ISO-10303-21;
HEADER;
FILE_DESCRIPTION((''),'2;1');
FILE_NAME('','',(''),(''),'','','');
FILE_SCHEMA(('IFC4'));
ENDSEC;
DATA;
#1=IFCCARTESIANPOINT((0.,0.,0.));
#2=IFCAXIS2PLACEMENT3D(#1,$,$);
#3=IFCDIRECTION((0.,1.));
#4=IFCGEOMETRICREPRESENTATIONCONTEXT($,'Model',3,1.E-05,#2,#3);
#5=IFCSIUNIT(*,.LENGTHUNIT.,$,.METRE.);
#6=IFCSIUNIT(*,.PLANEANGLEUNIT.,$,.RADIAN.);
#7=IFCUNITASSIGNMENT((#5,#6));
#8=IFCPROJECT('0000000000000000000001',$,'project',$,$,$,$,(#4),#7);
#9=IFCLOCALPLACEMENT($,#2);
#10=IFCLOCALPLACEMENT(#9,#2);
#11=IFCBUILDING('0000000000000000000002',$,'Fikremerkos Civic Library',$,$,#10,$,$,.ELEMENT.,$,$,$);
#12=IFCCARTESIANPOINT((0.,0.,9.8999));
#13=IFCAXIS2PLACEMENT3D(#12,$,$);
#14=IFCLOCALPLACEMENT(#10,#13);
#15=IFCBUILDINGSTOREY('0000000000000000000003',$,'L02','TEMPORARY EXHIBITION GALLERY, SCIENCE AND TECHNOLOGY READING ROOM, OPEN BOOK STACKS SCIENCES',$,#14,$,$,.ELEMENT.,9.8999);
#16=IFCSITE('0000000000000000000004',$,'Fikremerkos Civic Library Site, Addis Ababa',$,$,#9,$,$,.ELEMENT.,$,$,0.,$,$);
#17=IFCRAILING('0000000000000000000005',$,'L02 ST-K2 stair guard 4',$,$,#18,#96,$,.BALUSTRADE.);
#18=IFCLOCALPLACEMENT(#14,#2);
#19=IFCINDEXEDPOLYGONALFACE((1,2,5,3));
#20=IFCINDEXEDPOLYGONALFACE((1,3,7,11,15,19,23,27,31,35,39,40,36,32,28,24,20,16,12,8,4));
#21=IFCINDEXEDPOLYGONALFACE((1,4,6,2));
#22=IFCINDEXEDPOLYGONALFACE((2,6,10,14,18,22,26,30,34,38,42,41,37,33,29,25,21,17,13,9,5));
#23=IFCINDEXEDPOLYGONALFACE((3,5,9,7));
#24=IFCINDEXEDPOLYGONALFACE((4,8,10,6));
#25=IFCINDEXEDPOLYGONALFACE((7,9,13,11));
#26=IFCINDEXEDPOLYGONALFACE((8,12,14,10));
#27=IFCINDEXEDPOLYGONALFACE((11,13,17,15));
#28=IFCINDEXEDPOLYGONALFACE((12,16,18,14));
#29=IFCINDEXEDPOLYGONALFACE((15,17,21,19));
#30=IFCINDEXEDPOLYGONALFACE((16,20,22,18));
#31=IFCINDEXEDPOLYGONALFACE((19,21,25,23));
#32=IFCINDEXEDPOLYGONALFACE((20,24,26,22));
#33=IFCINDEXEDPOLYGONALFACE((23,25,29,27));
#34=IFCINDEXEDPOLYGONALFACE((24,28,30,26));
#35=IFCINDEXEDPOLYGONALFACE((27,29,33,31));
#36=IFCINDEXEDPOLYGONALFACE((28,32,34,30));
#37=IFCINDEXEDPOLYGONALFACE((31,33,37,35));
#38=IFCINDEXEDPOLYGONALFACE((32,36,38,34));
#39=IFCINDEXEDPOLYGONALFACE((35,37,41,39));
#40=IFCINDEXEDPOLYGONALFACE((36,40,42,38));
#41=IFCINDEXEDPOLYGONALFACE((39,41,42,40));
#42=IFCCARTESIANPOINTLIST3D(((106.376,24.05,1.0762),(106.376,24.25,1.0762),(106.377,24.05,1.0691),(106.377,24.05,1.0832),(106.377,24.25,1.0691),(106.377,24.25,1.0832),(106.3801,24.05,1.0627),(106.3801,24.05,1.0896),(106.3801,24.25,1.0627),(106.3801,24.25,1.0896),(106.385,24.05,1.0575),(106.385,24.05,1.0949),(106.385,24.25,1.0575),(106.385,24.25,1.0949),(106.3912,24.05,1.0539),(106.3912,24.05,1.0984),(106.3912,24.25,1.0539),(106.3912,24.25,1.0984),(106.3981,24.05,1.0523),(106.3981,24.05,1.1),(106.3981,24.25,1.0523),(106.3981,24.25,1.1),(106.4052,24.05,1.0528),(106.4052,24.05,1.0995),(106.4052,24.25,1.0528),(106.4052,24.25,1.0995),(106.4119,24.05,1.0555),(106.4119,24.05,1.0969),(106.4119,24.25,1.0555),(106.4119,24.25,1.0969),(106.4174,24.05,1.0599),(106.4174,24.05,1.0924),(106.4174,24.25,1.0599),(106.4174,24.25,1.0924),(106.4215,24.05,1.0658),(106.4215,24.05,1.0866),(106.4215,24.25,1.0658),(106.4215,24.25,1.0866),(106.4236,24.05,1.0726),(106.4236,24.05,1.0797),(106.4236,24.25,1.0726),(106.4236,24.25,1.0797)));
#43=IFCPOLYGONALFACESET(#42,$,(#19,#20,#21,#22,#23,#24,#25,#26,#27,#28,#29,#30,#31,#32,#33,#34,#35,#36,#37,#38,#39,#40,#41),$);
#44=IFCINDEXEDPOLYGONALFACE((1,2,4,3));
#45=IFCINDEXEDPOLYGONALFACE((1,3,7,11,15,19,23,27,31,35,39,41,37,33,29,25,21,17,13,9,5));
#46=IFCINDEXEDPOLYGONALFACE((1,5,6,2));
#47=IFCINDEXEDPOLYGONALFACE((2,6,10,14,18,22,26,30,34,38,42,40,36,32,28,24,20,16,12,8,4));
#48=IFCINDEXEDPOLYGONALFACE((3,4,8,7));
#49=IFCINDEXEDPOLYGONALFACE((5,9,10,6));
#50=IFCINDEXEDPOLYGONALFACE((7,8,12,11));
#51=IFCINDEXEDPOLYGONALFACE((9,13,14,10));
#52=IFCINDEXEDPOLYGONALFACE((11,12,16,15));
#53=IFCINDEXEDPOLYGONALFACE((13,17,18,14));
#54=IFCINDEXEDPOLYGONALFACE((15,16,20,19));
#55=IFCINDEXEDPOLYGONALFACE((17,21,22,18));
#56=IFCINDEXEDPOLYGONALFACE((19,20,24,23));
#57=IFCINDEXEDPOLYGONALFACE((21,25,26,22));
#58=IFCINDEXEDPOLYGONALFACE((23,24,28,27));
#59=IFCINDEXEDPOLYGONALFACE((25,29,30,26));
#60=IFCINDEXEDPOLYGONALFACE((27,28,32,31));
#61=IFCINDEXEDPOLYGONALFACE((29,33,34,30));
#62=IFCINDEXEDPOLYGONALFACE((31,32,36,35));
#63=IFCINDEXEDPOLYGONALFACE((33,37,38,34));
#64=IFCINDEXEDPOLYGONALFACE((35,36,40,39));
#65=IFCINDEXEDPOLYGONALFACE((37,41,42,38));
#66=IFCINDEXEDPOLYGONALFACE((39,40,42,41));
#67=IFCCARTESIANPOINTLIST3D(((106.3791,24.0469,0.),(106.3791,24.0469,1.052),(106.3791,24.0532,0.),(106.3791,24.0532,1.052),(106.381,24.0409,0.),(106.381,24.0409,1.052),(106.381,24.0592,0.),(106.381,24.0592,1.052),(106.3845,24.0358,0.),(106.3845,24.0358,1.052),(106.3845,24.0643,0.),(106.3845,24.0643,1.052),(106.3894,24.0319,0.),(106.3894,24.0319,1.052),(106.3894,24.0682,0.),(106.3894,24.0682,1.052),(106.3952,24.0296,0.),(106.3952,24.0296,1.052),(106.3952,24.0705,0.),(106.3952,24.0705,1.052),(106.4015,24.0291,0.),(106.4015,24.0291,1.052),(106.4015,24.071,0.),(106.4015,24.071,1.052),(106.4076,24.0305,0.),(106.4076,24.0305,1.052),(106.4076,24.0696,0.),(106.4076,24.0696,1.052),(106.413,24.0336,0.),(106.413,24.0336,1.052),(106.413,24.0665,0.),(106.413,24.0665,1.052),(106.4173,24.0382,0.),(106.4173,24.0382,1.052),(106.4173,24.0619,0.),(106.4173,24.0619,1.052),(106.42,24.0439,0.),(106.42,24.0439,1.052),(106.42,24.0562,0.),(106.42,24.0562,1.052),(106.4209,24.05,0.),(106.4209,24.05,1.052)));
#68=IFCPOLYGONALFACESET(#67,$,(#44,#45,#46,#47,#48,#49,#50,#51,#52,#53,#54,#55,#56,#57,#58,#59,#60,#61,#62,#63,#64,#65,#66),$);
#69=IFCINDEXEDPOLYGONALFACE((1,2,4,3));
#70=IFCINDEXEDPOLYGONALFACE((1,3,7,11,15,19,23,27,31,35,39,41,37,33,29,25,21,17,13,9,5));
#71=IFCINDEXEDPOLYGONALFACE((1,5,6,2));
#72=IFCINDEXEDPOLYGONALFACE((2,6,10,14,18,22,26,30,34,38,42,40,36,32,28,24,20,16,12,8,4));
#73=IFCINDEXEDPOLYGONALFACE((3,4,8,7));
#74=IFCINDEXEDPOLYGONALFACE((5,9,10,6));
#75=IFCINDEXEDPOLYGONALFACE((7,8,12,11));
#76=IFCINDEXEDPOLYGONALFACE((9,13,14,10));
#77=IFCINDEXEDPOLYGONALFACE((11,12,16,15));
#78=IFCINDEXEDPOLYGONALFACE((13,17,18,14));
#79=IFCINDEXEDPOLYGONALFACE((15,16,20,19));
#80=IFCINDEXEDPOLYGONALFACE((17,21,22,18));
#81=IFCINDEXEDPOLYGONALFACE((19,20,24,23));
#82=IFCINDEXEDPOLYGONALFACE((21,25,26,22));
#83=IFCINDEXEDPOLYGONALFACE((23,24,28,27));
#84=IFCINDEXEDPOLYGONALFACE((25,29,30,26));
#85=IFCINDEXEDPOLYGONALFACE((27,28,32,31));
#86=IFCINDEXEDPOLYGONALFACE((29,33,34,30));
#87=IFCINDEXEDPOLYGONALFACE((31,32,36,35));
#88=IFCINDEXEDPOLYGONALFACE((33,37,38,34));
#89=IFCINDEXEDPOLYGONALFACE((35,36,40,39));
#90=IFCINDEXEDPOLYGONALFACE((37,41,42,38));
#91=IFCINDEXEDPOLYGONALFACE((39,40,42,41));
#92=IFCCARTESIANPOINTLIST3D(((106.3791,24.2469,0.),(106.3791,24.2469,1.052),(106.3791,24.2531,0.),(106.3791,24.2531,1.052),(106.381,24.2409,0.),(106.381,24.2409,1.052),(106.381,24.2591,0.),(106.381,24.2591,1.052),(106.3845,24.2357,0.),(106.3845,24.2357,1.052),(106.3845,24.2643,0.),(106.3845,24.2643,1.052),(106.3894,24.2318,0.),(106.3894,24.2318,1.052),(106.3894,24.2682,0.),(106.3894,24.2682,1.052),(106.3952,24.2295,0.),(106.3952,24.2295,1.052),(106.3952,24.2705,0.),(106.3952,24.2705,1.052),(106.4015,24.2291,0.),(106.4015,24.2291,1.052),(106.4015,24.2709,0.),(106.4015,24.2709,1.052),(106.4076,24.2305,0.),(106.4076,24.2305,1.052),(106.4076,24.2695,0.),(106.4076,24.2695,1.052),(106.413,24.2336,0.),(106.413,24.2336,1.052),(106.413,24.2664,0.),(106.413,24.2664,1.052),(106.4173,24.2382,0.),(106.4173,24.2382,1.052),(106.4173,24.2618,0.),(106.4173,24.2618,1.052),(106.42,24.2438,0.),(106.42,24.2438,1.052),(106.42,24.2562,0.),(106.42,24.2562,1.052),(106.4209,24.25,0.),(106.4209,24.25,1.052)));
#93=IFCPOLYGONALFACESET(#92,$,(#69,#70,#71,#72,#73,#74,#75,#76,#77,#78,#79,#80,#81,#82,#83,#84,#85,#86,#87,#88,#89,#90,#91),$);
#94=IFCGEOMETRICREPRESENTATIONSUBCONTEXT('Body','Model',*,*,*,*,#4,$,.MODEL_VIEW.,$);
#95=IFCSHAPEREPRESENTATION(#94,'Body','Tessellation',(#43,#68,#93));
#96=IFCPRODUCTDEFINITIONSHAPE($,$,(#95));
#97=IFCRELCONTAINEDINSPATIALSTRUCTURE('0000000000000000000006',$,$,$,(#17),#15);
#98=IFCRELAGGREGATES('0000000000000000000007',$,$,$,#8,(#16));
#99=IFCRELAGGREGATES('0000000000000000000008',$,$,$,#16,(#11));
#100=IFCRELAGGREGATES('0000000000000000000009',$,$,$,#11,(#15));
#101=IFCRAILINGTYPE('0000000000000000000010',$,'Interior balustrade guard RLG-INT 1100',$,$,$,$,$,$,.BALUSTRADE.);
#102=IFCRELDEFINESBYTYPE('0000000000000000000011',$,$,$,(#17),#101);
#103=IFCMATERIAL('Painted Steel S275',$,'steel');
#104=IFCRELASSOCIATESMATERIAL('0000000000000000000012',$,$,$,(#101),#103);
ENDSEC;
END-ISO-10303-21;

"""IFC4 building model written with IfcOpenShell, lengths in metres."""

from ifc_helpers import new_model, si_unit, direction, frame, origin, origin_2d, place, context, subcontext, project, spatial, circle, extrude, material, type_object, element, save


model = new_model("IFC4")

# Units and contexts
model_context = context("Model", 3, precision=1e-05, world=origin(), true_north=direction((0.0, 1.0)))
body_context = subcontext(model_context, "Body", "Model", "MODEL_VIEW")
ifc_project = project(units=[si_unit("LENGTHUNIT", "METRE"), si_unit("PLANEANGLEUNIT", "RADIAN")], contexts=[model_context])

# Site, building, storey
site_placement = place(None, origin())
site = spatial("IfcSite", under=ifc_project, at=site_placement, Name="Fikremerkos Civic Library Site, Addis Ababa", CompositionType="ELEMENT", RefElevation=0.0)
building_placement = place(site_placement, origin())
building = spatial("IfcBuilding", under=site, at=building_placement, Name="Fikremerkos Civic Library", CompositionType="ELEMENT")
storey_placement = place(building_placement, frame((0.0, 0.0, 9.8999)))
storey = spatial("IfcBuildingStorey", under=building, at=storey_placement, Name="L02", Description="TEMPORARY EXHIBITION GALLERY, SCIENCE AND TECHNOLOGY READING ROOM, OPEN BOOK STACKS SCIENCES", CompositionType="ELEMENT", Elevation=9.8999)

# Railing
ifc_material_1 = material(Name="Painted Steel S275", Category="steel")
railing_type_1 = type_object("IfcRailingType", Name="Interior balustrade guard RLG-INT 1100", PredefinedType="BALUSTRADE", material=ifc_material_1)
railing_1_placement = place(storey_placement, frame((106.3999, 24.05, 0.0)))
element("IfcRailing", 1, at=railing_1_placement, inside=storey, type_object=railing_type_1, Name="L02 ST-K2 stair guard 4", PredefinedType="BALUSTRADE", context=body_context, shape_type="SweptSolid", body=[
    extrude(circle(Radius=0.0239, at=origin_2d()), frame((0.0, 0.0, 1.0762), z_axis=(0.0, 1.0, 0.0), x_axis=(-1.0, 0.0, 0.0)), (0.0, 0.0, 1.0), 0.2),
    extrude(circle(Radius=0.021, at=origin_2d()), origin(), (0.0, 0.0, 1.0), 1.052),
    extrude(circle(Radius=0.021, at=origin_2d()), frame((0.0, 0.2, 0.0)), (0.0, 0.0, 1.0), 1.052),
])

save(model, "model.ifc")
